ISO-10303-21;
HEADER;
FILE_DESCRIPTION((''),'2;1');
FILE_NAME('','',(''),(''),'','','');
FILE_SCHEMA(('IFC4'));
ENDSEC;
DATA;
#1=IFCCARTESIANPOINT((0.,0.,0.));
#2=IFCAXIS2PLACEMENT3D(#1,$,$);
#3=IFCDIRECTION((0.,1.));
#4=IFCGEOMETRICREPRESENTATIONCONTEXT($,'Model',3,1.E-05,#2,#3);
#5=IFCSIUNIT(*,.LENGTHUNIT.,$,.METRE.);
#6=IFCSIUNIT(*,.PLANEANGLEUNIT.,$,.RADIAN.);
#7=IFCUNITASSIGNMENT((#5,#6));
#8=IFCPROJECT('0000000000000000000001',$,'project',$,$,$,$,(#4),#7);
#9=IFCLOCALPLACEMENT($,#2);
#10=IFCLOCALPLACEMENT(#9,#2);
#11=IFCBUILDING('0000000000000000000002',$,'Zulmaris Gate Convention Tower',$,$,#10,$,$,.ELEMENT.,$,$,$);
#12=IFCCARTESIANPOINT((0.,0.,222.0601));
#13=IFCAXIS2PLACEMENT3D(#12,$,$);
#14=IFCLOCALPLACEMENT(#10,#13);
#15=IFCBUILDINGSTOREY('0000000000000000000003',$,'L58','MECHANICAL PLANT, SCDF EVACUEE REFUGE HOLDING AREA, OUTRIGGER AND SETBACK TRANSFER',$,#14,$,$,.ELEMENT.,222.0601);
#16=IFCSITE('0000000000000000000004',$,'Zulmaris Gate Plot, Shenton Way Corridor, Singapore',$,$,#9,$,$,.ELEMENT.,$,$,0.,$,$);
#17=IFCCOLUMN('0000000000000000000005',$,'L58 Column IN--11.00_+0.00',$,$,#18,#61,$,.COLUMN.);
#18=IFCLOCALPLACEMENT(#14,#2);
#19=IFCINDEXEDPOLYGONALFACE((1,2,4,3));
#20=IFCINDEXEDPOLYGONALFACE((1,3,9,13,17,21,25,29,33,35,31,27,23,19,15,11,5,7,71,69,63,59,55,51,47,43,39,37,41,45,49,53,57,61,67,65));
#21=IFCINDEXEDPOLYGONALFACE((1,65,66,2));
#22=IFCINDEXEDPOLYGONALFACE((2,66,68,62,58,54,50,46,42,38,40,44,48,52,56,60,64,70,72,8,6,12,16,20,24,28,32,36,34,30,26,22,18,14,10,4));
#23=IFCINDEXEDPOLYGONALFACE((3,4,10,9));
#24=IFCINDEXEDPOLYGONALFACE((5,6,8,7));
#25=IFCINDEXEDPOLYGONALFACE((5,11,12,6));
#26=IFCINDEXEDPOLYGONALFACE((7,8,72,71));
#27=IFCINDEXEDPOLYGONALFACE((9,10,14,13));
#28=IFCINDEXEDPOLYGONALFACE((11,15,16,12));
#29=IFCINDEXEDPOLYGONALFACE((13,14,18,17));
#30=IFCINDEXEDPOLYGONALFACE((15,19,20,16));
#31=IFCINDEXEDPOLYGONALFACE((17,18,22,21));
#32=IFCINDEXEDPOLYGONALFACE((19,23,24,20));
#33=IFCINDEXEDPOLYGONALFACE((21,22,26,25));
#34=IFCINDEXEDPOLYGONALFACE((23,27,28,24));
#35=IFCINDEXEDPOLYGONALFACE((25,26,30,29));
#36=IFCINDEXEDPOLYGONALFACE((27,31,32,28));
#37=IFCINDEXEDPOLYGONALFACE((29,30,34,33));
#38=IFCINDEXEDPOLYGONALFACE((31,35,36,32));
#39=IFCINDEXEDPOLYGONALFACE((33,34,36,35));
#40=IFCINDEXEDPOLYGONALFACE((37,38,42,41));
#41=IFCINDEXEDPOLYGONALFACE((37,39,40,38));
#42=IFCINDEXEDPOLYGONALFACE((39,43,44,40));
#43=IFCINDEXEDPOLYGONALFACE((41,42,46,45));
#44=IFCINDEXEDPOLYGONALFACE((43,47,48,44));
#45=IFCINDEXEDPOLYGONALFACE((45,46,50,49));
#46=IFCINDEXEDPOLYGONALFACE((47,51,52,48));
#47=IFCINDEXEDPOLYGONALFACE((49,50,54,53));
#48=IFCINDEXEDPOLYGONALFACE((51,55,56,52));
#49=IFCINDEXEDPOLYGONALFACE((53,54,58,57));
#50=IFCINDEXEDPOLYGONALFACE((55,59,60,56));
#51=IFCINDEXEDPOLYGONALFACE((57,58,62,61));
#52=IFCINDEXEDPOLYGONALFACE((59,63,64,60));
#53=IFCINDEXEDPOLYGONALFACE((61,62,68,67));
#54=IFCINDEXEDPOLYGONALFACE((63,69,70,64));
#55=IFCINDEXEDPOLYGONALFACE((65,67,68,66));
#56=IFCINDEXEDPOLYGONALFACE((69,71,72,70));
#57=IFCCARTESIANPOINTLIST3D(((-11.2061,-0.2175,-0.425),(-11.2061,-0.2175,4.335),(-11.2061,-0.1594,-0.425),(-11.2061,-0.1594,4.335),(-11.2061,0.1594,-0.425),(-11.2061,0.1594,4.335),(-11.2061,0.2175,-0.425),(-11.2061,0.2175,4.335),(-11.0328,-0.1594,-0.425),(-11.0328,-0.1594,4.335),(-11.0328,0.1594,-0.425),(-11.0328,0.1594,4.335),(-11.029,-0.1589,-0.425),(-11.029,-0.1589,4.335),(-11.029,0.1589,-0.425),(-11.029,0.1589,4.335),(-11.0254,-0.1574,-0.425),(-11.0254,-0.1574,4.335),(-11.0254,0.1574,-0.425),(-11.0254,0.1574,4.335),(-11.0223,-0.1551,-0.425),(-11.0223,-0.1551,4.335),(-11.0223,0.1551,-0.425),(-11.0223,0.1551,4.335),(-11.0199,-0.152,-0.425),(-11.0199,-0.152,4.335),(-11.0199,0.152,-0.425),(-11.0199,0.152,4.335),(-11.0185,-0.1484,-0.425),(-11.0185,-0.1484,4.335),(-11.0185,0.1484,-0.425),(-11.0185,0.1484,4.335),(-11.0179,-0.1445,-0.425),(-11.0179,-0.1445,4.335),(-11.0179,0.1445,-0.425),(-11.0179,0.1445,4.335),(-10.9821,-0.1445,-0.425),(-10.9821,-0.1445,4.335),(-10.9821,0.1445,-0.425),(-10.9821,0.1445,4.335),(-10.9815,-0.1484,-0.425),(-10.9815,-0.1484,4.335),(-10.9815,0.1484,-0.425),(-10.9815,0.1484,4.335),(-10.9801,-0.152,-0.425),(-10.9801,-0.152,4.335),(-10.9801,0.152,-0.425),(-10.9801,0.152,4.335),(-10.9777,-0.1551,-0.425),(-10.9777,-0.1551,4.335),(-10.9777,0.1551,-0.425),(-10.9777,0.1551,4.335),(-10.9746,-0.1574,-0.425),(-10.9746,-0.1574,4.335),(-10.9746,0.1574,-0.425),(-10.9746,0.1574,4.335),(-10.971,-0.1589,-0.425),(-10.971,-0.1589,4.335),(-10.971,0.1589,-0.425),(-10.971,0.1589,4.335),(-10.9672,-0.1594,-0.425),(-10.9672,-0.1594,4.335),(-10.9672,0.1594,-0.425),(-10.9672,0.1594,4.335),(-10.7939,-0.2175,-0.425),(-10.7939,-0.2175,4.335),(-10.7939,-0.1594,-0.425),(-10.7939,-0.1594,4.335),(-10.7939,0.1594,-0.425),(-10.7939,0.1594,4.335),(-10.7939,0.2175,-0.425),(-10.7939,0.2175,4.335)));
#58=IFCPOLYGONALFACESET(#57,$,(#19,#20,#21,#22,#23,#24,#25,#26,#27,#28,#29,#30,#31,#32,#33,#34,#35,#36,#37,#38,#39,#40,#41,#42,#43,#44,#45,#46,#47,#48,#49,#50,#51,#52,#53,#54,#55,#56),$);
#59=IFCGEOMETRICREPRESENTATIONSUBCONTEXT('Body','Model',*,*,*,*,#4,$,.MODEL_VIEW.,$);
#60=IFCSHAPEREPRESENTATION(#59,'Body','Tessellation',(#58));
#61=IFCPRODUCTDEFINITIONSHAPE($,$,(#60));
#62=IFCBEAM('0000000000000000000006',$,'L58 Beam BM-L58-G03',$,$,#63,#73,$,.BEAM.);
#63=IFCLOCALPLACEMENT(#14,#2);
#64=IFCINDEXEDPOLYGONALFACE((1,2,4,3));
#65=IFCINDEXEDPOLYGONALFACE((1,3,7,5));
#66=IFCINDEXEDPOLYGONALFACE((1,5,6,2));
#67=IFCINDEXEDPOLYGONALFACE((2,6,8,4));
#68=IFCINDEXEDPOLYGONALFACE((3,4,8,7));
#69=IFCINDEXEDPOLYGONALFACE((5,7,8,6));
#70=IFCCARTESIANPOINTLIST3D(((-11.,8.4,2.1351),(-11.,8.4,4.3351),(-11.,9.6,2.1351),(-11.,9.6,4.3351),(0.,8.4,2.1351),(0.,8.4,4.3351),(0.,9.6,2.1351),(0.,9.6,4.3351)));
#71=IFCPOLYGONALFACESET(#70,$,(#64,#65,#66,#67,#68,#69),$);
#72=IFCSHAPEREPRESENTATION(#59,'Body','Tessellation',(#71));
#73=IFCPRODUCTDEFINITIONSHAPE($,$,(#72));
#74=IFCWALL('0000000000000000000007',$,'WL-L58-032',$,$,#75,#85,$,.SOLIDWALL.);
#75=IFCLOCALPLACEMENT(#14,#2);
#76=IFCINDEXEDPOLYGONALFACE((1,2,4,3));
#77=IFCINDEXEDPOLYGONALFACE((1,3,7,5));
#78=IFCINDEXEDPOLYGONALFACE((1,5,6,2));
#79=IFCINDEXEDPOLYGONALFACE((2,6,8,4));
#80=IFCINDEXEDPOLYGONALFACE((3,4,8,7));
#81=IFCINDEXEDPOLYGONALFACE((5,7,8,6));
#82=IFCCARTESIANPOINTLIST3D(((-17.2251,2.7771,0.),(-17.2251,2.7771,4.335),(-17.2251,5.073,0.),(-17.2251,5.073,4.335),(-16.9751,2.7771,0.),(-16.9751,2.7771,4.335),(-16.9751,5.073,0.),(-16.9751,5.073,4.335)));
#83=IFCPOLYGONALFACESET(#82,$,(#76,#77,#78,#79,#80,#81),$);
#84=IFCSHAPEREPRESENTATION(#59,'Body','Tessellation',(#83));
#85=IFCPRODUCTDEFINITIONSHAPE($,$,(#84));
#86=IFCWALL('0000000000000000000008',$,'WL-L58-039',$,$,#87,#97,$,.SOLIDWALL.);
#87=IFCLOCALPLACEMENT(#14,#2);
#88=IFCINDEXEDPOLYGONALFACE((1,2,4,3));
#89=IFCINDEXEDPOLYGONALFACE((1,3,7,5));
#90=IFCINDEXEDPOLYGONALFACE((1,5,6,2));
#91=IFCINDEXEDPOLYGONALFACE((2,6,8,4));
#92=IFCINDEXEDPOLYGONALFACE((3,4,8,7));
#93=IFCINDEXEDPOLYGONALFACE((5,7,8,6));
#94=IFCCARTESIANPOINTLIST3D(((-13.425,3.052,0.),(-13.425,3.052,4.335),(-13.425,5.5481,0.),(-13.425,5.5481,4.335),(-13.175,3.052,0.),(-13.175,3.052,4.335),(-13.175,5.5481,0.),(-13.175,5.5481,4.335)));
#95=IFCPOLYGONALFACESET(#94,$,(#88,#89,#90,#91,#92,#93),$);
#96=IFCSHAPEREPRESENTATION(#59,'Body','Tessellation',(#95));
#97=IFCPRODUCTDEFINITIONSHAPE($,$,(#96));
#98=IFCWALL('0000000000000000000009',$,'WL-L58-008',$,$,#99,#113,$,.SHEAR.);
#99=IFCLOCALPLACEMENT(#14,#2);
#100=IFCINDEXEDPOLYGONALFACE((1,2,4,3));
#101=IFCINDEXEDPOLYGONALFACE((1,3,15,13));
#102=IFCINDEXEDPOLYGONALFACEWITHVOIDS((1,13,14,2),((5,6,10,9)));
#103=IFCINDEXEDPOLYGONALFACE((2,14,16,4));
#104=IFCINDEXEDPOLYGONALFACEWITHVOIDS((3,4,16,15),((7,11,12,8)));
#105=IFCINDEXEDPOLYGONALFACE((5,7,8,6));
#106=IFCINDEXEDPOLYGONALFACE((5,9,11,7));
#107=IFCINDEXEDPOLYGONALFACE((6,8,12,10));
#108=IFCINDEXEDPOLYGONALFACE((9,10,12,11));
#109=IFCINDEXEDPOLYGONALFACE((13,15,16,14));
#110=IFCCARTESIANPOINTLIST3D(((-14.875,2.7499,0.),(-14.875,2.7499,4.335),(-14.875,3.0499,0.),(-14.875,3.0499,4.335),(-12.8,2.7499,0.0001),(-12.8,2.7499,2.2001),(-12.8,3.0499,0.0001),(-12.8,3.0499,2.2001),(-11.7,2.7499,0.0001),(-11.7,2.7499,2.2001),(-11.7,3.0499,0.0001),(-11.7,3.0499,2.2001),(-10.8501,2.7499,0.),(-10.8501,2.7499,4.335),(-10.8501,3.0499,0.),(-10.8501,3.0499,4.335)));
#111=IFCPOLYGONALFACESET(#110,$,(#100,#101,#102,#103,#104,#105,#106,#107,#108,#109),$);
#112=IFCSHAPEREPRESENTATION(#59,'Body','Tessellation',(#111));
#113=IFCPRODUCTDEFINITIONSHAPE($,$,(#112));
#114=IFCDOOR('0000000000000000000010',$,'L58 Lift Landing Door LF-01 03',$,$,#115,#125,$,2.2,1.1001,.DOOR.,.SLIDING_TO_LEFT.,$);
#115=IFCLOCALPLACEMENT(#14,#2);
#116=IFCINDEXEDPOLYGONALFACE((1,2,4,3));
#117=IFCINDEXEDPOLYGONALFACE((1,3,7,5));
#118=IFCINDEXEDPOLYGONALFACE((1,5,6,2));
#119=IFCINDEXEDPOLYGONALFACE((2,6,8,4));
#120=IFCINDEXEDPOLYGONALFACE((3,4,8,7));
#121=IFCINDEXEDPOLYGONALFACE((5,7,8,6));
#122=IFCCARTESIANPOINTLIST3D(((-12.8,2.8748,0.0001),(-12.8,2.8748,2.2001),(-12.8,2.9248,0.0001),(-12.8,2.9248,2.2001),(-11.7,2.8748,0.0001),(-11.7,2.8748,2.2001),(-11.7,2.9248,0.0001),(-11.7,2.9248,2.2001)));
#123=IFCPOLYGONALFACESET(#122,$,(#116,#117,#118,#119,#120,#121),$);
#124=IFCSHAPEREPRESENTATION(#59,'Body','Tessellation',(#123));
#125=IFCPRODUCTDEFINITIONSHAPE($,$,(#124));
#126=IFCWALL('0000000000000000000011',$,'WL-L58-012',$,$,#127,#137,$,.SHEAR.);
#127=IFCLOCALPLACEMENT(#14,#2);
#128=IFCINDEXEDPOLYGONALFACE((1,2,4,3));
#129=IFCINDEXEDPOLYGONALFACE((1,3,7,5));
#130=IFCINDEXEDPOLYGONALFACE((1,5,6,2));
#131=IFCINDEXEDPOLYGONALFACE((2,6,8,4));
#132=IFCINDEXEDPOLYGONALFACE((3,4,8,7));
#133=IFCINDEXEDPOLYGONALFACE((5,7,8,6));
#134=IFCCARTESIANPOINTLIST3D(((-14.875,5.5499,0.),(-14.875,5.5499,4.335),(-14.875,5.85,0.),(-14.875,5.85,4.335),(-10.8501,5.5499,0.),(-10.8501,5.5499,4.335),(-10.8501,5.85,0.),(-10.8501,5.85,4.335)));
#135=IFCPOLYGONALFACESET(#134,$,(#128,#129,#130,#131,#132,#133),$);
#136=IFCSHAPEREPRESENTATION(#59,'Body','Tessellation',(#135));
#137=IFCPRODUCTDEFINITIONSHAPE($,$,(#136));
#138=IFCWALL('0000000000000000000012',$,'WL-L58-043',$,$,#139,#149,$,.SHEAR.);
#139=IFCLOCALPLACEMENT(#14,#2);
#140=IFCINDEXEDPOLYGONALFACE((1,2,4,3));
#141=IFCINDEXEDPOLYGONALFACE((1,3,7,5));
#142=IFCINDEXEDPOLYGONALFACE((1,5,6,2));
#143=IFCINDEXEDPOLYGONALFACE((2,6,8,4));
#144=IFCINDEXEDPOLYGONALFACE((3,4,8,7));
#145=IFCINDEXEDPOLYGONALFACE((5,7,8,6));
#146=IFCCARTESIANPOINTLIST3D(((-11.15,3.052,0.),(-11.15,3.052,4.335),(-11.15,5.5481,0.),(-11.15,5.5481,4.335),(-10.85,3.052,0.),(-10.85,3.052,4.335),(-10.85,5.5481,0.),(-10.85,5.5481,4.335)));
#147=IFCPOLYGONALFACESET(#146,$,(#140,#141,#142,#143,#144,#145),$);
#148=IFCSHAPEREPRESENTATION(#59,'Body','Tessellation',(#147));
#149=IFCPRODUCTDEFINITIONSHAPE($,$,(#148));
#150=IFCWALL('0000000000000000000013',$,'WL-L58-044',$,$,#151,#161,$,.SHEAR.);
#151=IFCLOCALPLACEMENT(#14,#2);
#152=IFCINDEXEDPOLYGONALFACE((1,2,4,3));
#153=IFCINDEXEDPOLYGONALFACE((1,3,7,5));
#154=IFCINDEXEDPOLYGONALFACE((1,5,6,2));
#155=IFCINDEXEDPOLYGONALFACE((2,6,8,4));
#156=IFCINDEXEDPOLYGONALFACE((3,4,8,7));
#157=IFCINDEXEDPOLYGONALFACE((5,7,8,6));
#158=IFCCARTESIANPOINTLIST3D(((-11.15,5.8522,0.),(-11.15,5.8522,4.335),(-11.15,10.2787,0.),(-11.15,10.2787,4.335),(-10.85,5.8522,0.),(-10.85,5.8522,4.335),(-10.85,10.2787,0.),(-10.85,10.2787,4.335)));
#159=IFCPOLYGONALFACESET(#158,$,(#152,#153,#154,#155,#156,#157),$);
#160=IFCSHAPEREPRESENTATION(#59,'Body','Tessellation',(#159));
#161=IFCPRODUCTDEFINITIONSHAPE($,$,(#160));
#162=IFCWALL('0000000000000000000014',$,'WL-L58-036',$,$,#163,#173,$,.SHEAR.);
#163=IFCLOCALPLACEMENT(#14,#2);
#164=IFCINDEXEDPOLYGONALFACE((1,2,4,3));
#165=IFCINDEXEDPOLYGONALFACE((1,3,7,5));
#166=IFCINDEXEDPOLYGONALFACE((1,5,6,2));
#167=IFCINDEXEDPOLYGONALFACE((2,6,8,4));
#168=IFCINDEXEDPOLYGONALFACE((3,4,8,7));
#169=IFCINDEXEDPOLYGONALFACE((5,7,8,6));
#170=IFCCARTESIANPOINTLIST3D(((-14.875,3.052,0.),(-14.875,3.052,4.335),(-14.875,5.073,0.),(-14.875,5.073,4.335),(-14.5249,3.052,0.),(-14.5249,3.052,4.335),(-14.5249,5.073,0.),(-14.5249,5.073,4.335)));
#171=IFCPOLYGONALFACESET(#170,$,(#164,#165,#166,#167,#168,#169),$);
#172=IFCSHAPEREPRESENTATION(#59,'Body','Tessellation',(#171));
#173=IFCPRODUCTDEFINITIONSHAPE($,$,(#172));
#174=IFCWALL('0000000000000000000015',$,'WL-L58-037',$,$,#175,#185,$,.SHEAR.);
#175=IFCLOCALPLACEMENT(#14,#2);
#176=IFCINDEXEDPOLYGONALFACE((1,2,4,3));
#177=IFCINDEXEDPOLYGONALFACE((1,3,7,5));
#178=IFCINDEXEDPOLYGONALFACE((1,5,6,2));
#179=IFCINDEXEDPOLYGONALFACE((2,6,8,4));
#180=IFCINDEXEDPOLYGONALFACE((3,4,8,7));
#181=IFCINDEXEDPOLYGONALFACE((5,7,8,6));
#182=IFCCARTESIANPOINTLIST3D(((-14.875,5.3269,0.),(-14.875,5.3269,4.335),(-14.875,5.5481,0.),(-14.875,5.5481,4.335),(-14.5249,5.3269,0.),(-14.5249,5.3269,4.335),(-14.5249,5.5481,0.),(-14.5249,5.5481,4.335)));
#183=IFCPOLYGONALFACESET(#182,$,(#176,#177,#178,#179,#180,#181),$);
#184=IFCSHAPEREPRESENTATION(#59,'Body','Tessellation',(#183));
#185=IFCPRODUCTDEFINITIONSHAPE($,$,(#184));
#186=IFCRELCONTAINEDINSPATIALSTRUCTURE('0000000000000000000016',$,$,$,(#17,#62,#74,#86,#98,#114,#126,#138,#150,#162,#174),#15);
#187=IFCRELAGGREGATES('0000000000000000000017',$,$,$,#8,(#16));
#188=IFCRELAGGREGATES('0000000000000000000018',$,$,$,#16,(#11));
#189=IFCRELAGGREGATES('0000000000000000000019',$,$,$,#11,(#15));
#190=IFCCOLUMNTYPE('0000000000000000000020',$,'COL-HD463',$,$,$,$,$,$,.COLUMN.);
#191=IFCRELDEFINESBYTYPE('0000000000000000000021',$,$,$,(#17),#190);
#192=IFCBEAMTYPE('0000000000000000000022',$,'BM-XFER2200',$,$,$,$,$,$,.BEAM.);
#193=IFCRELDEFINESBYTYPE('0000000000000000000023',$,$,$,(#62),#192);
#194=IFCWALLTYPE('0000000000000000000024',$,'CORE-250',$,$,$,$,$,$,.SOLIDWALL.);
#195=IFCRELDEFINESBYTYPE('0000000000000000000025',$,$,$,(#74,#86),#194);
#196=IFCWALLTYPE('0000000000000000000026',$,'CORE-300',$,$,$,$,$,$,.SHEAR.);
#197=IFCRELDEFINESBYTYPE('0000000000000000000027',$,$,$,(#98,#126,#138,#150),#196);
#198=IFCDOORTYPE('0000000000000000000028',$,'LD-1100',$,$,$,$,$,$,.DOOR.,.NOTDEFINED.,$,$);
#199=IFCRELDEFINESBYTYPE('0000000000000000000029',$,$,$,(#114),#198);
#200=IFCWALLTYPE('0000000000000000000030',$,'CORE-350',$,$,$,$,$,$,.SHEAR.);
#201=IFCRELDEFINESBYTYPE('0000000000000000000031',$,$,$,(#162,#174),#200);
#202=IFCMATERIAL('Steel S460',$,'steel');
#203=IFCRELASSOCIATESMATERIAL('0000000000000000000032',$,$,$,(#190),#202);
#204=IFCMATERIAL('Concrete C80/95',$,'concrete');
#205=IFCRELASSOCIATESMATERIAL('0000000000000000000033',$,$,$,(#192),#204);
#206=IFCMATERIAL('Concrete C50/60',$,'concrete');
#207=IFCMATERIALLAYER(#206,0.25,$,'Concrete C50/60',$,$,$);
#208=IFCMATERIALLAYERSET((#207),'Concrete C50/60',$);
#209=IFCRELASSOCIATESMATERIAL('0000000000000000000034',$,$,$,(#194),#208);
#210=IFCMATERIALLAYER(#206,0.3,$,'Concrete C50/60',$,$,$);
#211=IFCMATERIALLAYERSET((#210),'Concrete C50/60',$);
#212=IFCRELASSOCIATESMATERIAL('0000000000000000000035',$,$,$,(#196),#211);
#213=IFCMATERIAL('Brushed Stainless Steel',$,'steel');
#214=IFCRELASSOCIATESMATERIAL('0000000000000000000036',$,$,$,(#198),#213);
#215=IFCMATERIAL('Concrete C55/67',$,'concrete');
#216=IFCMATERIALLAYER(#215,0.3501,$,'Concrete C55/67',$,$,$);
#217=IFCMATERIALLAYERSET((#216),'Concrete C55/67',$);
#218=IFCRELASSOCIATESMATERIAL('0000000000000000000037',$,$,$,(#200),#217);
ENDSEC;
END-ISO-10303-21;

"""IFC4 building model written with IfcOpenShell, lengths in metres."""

from ifc_helpers import new_model, si_unit, direction, frame, frame_2d, origin, origin_2d, place, context, subcontext, project, spatial, rectangle, i_section, extrude, material, layer, layer_set, material_profile, profile_set, type_object, element, fill, save


model = new_model("IFC4")

# Units and contexts
model_context = context("Model", 3, precision=1e-05, world=origin(), true_north=direction((0.0, 1.0)))
body_context = subcontext(model_context, "Body", "Model", "MODEL_VIEW")
ifc_project = project(units=[si_unit("LENGTHUNIT", "METRE"), si_unit("PLANEANGLEUNIT", "RADIAN")], contexts=[model_context])

# Site, building, storey
site_placement = place(None, origin())
site = spatial("IfcSite", under=ifc_project, at=site_placement, Name="Zulmaris Gate Plot, Shenton Way Corridor, Singapore", CompositionType="ELEMENT", RefElevation=0.0)
building_placement = place(site_placement, origin())
building = spatial("IfcBuilding", under=site, at=building_placement, Name="Zulmaris Gate Convention Tower", CompositionType="ELEMENT")
storey_placement = place(building_placement, frame((0.0, 0.0, 222.0601)))
storey = spatial("IfcBuildingStorey", under=building, at=storey_placement, Name="L58", Description="MECHANICAL PLANT, SCDF EVACUEE REFUGE HOLDING AREA, OUTRIGGER AND SETBACK TRANSFER", CompositionType="ELEMENT", Elevation=222.0601)

# Column
ifc_material_1 = material(Name="Steel S460", Category="steel")
ifc_material_profile_1 = material_profile(ifc_material_1, i_section(OverallWidth=0.4121, OverallDepth=0.4351, WebThickness=0.0359, FlangeThickness=0.0581, FilletRadius=0.0149, at=origin_2d()), Name="HD 400x463")
ifc_profile_set_1 = profile_set([ifc_material_profile_1], Name="Steel S460")
column_type = type_object("IfcColumnType", Name="COL-HD463", PredefinedType="COLUMN", material=ifc_profile_set_1)
column_placement = place(storey_placement, frame((-11.0, 0.0, -0.425), z_axis=(0.0, 0.0, 1.0), x_axis=(1.0, 0.0, 0.0)))
element("IfcColumn", 1, at=column_placement, inside=storey, type_object=column_type, Name="L58 Column IN--11.00_+0.00", PredefinedType="COLUMN", context=body_context, shape_type="SweptSolid", body=[
    extrude(i_section(OverallWidth=0.4121, OverallDepth=0.4351, WebThickness=0.0359, FlangeThickness=0.0581, FilletRadius=0.0149, at=origin_2d()), origin(), (0.0, 0.0, 1.0), 4.76),
])

# Beam
ifc_material_2 = material(Name="Concrete C80/95", Category="concrete")
ifc_material_profile_2 = material_profile(ifc_material_2, rectangle(XDim=1.2, YDim=2.2, at=origin_2d()), Name="RC TRANSFER 1200x2200")
ifc_profile_set_2 = profile_set([ifc_material_profile_2], Name="Concrete C80/95")
beam_type = type_object("IfcBeamType", Name="BM-XFER2200", PredefinedType="BEAM", material=ifc_profile_set_2)
beam_placement = place(storey_placement, frame((-11.0, 9.0, 3.2351), z_axis=(1.0, 0.0, 0.0), x_axis=(0.0, 1.0, 0.0)))
element("IfcBeam", 2, at=beam_placement, inside=storey, type_object=beam_type, Name="L58 Beam BM-L58-G03", PredefinedType="BEAM", context=body_context, shape_type="SweptSolid", body=[
    extrude(rectangle(XDim=1.2, YDim=2.2, at=origin_2d()), origin(), (0.0, 0.0, 1.0), 11.0),
])

# Walls
ifc_material_3 = material(Name="Concrete C50/60", Category="concrete")
ifc_layer_1 = layer(ifc_material_3, 0.25, Name="Concrete C50/60")
ifc_layer_set_1 = layer_set([ifc_layer_1], Name="Concrete C50/60")
wall_type_1 = type_object("IfcWallType", Name="CORE-250", PredefinedType="SOLIDWALL", material=ifc_layer_set_1)
wall_1_placement = place(storey_placement, frame((-17.1001, 2.7771, 0.0), z_axis=(0.0, 0.0, 1.0), x_axis=(0.0, 1.0, 0.0)))
element("IfcWall", 3, at=wall_1_placement, inside=storey, type_object=wall_type_1, Name="WL-L58-032", PredefinedType="SOLIDWALL", context=body_context, shape_type="SweptSolid", body=[
    extrude(rectangle(XDim=2.2959, YDim=0.25, at=frame_2d((1.1479, 0.0))), origin(), (0.0, 0.0, 1.0), 4.335),
])
wall_2_placement = place(storey_placement, frame((-13.3, 3.052, 0.0), z_axis=(0.0, 0.0, 1.0), x_axis=(0.0, 1.0, 0.0)))
element("IfcWall", 4, at=wall_2_placement, inside=storey, type_object=wall_type_1, Name="WL-L58-039", PredefinedType="SOLIDWALL", context=body_context, shape_type="SweptSolid", body=[
    extrude(rectangle(XDim=2.4961, YDim=0.25, at=frame_2d((1.248, 0.0))), origin(), (0.0, 0.0, 1.0), 4.335),
])

# Wall, opening, door
ifc_layer_2 = layer(ifc_material_3, 0.3, Name="Concrete C50/60")
ifc_layer_set_2 = layer_set([ifc_layer_2], Name="Concrete C50/60")
wall_type_2 = type_object("IfcWallType", Name="CORE-300", PredefinedType="SHEAR", material=ifc_layer_set_2)
wall_3_placement = place(storey_placement, frame((-14.875, 2.8999, 0.0), z_axis=(0.0, 0.0, 1.0), x_axis=(1.0, 0.0, 0.0)))
wall_3 = element("IfcWall", 5, at=wall_3_placement, inside=storey, type_object=wall_type_2, Name="WL-L58-008", PredefinedType="SHEAR", context=body_context, shape_type="SweptSolid", body=[
    extrude(rectangle(XDim=4.0249, YDim=0.3, at=frame_2d((2.0125, 0.0))), origin(), (0.0, 0.0, 1.0), 4.335),
])
opening_1_placement = place(wall_3_placement, frame((2.075, 0.0, 0.0)))
opening_1 = element("IfcOpeningElement", 6, at=opening_1_placement, cuts=wall_3, PredefinedType="OPENING", context=body_context, shape_type="SweptSolid", body=[
    extrude(rectangle(XDim=1.1001, YDim=2.2, at=frame_2d((0.55, 1.1001))), frame((0.0, 0.1602, 0.0), z_axis=(0.0, -1.0, 0.0), x_axis=(1.0, 0.0, 0.0)), (0.0, 0.0, 1.0), 0.3201),
])
ifc_material_4 = material(Name="Brushed Stainless Steel", Category="steel")
door_type_1 = type_object("IfcDoorType", Name="LD-1100", OperationType="NOTDEFINED", PredefinedType="DOOR", material=ifc_material_4)
door_1_placement = place(opening_1_placement, origin())
door_1 = element("IfcDoor", 7, at=door_1_placement, inside=storey, type_object=door_type_1, Name="L58 Lift Landing Door LF-01 03", OperationType="SLIDING_TO_LEFT", OverallHeight=2.2, OverallWidth=1.1001, PredefinedType="DOOR", context=body_context, shape_type="SweptSolid", body=[
    extrude(rectangle(XDim=1.1001, YDim=2.2, at=frame_2d((0.55, 1.1001))), frame((0.0, 0.0249, 0.0), z_axis=(0.0, -1.0, 0.0), x_axis=(1.0, 0.0, 0.0)), (0.0, 0.0, 1.0), 0.05),
])
fill(opening_1, door_1)

# Wall
wall_4_placement = place(storey_placement, frame((-14.875, 5.7, 0.0), z_axis=(0.0, 0.0, 1.0), x_axis=(1.0, 0.0, 0.0)))
element("IfcWall", 8, at=wall_4_placement, inside=storey, type_object=wall_type_2, Name="WL-L58-012", PredefinedType="SHEAR", context=body_context, shape_type="SweptSolid", body=[
    extrude(rectangle(XDim=4.0249, YDim=0.3, at=frame_2d((2.0125, 0.0))), origin(), (0.0, 0.0, 1.0), 4.335),
])

# Walls
wall_5_placement = place(storey_placement, frame((-11.0, 3.052, 0.0), z_axis=(0.0, 0.0, 1.0), x_axis=(0.0, 1.0, 0.0)))
element("IfcWall", 9, at=wall_5_placement, inside=storey, type_object=wall_type_2, Name="WL-L58-043", PredefinedType="SHEAR", context=body_context, shape_type="SweptSolid", body=[
    extrude(rectangle(XDim=2.4961, YDim=0.3, at=frame_2d((1.248, 0.0))), origin(), (0.0, 0.0, 1.0), 4.335),
])
wall_6_placement = place(storey_placement, frame((-11.0, 5.8521, 0.0), z_axis=(0.0, 0.0, 1.0), x_axis=(0.0, 1.0, 0.0)))
element("IfcWall", 10, at=wall_6_placement, inside=storey, type_object=wall_type_2, Name="WL-L58-044", PredefinedType="SHEAR", context=body_context, shape_type="SweptSolid", body=[
    extrude(rectangle(XDim=4.4265, YDim=0.3, at=frame_2d((2.2134, 0.0))), origin(), (0.0, 0.0, 1.0), 4.335),
])
ifc_material_5 = material(Name="Concrete C55/67", Category="concrete")
ifc_layer_3 = layer(ifc_material_5, 0.3501, Name="Concrete C55/67")
ifc_layer_set_3 = layer_set([ifc_layer_3], Name="Concrete C55/67")
wall_type_3 = type_object("IfcWallType", Name="CORE-350", PredefinedType="SHEAR", material=ifc_layer_set_3)
wall_7_placement = place(storey_placement, frame((-14.7, 3.052, 0.0), z_axis=(0.0, 0.0, 1.0), x_axis=(0.0, 1.0, 0.0)))
element("IfcWall", 11, at=wall_7_placement, inside=storey, type_object=wall_type_3, Name="WL-L58-036", PredefinedType="SHEAR", context=body_context, shape_type="SweptSolid", body=[
    extrude(rectangle(XDim=2.021, YDim=0.3501, at=frame_2d((1.0105, 0.0))), origin(), (0.0, 0.0, 1.0), 4.335),
])
wall_8_placement = place(storey_placement, frame((-14.7, 5.3269, 0.0), z_axis=(0.0, 0.0, 1.0), x_axis=(0.0, 1.0, 0.0)))
element("IfcWall", 12, at=wall_8_placement, inside=storey, type_object=wall_type_3, Name="WL-L58-037", PredefinedType="SHEAR", context=body_context, shape_type="SweptSolid", body=[
    extrude(rectangle(XDim=0.2212, YDim=0.3501, at=frame_2d((0.1106, 0.0))), origin(), (0.0, 0.0, 1.0), 4.335),
])

save(model, "model.ifc")
